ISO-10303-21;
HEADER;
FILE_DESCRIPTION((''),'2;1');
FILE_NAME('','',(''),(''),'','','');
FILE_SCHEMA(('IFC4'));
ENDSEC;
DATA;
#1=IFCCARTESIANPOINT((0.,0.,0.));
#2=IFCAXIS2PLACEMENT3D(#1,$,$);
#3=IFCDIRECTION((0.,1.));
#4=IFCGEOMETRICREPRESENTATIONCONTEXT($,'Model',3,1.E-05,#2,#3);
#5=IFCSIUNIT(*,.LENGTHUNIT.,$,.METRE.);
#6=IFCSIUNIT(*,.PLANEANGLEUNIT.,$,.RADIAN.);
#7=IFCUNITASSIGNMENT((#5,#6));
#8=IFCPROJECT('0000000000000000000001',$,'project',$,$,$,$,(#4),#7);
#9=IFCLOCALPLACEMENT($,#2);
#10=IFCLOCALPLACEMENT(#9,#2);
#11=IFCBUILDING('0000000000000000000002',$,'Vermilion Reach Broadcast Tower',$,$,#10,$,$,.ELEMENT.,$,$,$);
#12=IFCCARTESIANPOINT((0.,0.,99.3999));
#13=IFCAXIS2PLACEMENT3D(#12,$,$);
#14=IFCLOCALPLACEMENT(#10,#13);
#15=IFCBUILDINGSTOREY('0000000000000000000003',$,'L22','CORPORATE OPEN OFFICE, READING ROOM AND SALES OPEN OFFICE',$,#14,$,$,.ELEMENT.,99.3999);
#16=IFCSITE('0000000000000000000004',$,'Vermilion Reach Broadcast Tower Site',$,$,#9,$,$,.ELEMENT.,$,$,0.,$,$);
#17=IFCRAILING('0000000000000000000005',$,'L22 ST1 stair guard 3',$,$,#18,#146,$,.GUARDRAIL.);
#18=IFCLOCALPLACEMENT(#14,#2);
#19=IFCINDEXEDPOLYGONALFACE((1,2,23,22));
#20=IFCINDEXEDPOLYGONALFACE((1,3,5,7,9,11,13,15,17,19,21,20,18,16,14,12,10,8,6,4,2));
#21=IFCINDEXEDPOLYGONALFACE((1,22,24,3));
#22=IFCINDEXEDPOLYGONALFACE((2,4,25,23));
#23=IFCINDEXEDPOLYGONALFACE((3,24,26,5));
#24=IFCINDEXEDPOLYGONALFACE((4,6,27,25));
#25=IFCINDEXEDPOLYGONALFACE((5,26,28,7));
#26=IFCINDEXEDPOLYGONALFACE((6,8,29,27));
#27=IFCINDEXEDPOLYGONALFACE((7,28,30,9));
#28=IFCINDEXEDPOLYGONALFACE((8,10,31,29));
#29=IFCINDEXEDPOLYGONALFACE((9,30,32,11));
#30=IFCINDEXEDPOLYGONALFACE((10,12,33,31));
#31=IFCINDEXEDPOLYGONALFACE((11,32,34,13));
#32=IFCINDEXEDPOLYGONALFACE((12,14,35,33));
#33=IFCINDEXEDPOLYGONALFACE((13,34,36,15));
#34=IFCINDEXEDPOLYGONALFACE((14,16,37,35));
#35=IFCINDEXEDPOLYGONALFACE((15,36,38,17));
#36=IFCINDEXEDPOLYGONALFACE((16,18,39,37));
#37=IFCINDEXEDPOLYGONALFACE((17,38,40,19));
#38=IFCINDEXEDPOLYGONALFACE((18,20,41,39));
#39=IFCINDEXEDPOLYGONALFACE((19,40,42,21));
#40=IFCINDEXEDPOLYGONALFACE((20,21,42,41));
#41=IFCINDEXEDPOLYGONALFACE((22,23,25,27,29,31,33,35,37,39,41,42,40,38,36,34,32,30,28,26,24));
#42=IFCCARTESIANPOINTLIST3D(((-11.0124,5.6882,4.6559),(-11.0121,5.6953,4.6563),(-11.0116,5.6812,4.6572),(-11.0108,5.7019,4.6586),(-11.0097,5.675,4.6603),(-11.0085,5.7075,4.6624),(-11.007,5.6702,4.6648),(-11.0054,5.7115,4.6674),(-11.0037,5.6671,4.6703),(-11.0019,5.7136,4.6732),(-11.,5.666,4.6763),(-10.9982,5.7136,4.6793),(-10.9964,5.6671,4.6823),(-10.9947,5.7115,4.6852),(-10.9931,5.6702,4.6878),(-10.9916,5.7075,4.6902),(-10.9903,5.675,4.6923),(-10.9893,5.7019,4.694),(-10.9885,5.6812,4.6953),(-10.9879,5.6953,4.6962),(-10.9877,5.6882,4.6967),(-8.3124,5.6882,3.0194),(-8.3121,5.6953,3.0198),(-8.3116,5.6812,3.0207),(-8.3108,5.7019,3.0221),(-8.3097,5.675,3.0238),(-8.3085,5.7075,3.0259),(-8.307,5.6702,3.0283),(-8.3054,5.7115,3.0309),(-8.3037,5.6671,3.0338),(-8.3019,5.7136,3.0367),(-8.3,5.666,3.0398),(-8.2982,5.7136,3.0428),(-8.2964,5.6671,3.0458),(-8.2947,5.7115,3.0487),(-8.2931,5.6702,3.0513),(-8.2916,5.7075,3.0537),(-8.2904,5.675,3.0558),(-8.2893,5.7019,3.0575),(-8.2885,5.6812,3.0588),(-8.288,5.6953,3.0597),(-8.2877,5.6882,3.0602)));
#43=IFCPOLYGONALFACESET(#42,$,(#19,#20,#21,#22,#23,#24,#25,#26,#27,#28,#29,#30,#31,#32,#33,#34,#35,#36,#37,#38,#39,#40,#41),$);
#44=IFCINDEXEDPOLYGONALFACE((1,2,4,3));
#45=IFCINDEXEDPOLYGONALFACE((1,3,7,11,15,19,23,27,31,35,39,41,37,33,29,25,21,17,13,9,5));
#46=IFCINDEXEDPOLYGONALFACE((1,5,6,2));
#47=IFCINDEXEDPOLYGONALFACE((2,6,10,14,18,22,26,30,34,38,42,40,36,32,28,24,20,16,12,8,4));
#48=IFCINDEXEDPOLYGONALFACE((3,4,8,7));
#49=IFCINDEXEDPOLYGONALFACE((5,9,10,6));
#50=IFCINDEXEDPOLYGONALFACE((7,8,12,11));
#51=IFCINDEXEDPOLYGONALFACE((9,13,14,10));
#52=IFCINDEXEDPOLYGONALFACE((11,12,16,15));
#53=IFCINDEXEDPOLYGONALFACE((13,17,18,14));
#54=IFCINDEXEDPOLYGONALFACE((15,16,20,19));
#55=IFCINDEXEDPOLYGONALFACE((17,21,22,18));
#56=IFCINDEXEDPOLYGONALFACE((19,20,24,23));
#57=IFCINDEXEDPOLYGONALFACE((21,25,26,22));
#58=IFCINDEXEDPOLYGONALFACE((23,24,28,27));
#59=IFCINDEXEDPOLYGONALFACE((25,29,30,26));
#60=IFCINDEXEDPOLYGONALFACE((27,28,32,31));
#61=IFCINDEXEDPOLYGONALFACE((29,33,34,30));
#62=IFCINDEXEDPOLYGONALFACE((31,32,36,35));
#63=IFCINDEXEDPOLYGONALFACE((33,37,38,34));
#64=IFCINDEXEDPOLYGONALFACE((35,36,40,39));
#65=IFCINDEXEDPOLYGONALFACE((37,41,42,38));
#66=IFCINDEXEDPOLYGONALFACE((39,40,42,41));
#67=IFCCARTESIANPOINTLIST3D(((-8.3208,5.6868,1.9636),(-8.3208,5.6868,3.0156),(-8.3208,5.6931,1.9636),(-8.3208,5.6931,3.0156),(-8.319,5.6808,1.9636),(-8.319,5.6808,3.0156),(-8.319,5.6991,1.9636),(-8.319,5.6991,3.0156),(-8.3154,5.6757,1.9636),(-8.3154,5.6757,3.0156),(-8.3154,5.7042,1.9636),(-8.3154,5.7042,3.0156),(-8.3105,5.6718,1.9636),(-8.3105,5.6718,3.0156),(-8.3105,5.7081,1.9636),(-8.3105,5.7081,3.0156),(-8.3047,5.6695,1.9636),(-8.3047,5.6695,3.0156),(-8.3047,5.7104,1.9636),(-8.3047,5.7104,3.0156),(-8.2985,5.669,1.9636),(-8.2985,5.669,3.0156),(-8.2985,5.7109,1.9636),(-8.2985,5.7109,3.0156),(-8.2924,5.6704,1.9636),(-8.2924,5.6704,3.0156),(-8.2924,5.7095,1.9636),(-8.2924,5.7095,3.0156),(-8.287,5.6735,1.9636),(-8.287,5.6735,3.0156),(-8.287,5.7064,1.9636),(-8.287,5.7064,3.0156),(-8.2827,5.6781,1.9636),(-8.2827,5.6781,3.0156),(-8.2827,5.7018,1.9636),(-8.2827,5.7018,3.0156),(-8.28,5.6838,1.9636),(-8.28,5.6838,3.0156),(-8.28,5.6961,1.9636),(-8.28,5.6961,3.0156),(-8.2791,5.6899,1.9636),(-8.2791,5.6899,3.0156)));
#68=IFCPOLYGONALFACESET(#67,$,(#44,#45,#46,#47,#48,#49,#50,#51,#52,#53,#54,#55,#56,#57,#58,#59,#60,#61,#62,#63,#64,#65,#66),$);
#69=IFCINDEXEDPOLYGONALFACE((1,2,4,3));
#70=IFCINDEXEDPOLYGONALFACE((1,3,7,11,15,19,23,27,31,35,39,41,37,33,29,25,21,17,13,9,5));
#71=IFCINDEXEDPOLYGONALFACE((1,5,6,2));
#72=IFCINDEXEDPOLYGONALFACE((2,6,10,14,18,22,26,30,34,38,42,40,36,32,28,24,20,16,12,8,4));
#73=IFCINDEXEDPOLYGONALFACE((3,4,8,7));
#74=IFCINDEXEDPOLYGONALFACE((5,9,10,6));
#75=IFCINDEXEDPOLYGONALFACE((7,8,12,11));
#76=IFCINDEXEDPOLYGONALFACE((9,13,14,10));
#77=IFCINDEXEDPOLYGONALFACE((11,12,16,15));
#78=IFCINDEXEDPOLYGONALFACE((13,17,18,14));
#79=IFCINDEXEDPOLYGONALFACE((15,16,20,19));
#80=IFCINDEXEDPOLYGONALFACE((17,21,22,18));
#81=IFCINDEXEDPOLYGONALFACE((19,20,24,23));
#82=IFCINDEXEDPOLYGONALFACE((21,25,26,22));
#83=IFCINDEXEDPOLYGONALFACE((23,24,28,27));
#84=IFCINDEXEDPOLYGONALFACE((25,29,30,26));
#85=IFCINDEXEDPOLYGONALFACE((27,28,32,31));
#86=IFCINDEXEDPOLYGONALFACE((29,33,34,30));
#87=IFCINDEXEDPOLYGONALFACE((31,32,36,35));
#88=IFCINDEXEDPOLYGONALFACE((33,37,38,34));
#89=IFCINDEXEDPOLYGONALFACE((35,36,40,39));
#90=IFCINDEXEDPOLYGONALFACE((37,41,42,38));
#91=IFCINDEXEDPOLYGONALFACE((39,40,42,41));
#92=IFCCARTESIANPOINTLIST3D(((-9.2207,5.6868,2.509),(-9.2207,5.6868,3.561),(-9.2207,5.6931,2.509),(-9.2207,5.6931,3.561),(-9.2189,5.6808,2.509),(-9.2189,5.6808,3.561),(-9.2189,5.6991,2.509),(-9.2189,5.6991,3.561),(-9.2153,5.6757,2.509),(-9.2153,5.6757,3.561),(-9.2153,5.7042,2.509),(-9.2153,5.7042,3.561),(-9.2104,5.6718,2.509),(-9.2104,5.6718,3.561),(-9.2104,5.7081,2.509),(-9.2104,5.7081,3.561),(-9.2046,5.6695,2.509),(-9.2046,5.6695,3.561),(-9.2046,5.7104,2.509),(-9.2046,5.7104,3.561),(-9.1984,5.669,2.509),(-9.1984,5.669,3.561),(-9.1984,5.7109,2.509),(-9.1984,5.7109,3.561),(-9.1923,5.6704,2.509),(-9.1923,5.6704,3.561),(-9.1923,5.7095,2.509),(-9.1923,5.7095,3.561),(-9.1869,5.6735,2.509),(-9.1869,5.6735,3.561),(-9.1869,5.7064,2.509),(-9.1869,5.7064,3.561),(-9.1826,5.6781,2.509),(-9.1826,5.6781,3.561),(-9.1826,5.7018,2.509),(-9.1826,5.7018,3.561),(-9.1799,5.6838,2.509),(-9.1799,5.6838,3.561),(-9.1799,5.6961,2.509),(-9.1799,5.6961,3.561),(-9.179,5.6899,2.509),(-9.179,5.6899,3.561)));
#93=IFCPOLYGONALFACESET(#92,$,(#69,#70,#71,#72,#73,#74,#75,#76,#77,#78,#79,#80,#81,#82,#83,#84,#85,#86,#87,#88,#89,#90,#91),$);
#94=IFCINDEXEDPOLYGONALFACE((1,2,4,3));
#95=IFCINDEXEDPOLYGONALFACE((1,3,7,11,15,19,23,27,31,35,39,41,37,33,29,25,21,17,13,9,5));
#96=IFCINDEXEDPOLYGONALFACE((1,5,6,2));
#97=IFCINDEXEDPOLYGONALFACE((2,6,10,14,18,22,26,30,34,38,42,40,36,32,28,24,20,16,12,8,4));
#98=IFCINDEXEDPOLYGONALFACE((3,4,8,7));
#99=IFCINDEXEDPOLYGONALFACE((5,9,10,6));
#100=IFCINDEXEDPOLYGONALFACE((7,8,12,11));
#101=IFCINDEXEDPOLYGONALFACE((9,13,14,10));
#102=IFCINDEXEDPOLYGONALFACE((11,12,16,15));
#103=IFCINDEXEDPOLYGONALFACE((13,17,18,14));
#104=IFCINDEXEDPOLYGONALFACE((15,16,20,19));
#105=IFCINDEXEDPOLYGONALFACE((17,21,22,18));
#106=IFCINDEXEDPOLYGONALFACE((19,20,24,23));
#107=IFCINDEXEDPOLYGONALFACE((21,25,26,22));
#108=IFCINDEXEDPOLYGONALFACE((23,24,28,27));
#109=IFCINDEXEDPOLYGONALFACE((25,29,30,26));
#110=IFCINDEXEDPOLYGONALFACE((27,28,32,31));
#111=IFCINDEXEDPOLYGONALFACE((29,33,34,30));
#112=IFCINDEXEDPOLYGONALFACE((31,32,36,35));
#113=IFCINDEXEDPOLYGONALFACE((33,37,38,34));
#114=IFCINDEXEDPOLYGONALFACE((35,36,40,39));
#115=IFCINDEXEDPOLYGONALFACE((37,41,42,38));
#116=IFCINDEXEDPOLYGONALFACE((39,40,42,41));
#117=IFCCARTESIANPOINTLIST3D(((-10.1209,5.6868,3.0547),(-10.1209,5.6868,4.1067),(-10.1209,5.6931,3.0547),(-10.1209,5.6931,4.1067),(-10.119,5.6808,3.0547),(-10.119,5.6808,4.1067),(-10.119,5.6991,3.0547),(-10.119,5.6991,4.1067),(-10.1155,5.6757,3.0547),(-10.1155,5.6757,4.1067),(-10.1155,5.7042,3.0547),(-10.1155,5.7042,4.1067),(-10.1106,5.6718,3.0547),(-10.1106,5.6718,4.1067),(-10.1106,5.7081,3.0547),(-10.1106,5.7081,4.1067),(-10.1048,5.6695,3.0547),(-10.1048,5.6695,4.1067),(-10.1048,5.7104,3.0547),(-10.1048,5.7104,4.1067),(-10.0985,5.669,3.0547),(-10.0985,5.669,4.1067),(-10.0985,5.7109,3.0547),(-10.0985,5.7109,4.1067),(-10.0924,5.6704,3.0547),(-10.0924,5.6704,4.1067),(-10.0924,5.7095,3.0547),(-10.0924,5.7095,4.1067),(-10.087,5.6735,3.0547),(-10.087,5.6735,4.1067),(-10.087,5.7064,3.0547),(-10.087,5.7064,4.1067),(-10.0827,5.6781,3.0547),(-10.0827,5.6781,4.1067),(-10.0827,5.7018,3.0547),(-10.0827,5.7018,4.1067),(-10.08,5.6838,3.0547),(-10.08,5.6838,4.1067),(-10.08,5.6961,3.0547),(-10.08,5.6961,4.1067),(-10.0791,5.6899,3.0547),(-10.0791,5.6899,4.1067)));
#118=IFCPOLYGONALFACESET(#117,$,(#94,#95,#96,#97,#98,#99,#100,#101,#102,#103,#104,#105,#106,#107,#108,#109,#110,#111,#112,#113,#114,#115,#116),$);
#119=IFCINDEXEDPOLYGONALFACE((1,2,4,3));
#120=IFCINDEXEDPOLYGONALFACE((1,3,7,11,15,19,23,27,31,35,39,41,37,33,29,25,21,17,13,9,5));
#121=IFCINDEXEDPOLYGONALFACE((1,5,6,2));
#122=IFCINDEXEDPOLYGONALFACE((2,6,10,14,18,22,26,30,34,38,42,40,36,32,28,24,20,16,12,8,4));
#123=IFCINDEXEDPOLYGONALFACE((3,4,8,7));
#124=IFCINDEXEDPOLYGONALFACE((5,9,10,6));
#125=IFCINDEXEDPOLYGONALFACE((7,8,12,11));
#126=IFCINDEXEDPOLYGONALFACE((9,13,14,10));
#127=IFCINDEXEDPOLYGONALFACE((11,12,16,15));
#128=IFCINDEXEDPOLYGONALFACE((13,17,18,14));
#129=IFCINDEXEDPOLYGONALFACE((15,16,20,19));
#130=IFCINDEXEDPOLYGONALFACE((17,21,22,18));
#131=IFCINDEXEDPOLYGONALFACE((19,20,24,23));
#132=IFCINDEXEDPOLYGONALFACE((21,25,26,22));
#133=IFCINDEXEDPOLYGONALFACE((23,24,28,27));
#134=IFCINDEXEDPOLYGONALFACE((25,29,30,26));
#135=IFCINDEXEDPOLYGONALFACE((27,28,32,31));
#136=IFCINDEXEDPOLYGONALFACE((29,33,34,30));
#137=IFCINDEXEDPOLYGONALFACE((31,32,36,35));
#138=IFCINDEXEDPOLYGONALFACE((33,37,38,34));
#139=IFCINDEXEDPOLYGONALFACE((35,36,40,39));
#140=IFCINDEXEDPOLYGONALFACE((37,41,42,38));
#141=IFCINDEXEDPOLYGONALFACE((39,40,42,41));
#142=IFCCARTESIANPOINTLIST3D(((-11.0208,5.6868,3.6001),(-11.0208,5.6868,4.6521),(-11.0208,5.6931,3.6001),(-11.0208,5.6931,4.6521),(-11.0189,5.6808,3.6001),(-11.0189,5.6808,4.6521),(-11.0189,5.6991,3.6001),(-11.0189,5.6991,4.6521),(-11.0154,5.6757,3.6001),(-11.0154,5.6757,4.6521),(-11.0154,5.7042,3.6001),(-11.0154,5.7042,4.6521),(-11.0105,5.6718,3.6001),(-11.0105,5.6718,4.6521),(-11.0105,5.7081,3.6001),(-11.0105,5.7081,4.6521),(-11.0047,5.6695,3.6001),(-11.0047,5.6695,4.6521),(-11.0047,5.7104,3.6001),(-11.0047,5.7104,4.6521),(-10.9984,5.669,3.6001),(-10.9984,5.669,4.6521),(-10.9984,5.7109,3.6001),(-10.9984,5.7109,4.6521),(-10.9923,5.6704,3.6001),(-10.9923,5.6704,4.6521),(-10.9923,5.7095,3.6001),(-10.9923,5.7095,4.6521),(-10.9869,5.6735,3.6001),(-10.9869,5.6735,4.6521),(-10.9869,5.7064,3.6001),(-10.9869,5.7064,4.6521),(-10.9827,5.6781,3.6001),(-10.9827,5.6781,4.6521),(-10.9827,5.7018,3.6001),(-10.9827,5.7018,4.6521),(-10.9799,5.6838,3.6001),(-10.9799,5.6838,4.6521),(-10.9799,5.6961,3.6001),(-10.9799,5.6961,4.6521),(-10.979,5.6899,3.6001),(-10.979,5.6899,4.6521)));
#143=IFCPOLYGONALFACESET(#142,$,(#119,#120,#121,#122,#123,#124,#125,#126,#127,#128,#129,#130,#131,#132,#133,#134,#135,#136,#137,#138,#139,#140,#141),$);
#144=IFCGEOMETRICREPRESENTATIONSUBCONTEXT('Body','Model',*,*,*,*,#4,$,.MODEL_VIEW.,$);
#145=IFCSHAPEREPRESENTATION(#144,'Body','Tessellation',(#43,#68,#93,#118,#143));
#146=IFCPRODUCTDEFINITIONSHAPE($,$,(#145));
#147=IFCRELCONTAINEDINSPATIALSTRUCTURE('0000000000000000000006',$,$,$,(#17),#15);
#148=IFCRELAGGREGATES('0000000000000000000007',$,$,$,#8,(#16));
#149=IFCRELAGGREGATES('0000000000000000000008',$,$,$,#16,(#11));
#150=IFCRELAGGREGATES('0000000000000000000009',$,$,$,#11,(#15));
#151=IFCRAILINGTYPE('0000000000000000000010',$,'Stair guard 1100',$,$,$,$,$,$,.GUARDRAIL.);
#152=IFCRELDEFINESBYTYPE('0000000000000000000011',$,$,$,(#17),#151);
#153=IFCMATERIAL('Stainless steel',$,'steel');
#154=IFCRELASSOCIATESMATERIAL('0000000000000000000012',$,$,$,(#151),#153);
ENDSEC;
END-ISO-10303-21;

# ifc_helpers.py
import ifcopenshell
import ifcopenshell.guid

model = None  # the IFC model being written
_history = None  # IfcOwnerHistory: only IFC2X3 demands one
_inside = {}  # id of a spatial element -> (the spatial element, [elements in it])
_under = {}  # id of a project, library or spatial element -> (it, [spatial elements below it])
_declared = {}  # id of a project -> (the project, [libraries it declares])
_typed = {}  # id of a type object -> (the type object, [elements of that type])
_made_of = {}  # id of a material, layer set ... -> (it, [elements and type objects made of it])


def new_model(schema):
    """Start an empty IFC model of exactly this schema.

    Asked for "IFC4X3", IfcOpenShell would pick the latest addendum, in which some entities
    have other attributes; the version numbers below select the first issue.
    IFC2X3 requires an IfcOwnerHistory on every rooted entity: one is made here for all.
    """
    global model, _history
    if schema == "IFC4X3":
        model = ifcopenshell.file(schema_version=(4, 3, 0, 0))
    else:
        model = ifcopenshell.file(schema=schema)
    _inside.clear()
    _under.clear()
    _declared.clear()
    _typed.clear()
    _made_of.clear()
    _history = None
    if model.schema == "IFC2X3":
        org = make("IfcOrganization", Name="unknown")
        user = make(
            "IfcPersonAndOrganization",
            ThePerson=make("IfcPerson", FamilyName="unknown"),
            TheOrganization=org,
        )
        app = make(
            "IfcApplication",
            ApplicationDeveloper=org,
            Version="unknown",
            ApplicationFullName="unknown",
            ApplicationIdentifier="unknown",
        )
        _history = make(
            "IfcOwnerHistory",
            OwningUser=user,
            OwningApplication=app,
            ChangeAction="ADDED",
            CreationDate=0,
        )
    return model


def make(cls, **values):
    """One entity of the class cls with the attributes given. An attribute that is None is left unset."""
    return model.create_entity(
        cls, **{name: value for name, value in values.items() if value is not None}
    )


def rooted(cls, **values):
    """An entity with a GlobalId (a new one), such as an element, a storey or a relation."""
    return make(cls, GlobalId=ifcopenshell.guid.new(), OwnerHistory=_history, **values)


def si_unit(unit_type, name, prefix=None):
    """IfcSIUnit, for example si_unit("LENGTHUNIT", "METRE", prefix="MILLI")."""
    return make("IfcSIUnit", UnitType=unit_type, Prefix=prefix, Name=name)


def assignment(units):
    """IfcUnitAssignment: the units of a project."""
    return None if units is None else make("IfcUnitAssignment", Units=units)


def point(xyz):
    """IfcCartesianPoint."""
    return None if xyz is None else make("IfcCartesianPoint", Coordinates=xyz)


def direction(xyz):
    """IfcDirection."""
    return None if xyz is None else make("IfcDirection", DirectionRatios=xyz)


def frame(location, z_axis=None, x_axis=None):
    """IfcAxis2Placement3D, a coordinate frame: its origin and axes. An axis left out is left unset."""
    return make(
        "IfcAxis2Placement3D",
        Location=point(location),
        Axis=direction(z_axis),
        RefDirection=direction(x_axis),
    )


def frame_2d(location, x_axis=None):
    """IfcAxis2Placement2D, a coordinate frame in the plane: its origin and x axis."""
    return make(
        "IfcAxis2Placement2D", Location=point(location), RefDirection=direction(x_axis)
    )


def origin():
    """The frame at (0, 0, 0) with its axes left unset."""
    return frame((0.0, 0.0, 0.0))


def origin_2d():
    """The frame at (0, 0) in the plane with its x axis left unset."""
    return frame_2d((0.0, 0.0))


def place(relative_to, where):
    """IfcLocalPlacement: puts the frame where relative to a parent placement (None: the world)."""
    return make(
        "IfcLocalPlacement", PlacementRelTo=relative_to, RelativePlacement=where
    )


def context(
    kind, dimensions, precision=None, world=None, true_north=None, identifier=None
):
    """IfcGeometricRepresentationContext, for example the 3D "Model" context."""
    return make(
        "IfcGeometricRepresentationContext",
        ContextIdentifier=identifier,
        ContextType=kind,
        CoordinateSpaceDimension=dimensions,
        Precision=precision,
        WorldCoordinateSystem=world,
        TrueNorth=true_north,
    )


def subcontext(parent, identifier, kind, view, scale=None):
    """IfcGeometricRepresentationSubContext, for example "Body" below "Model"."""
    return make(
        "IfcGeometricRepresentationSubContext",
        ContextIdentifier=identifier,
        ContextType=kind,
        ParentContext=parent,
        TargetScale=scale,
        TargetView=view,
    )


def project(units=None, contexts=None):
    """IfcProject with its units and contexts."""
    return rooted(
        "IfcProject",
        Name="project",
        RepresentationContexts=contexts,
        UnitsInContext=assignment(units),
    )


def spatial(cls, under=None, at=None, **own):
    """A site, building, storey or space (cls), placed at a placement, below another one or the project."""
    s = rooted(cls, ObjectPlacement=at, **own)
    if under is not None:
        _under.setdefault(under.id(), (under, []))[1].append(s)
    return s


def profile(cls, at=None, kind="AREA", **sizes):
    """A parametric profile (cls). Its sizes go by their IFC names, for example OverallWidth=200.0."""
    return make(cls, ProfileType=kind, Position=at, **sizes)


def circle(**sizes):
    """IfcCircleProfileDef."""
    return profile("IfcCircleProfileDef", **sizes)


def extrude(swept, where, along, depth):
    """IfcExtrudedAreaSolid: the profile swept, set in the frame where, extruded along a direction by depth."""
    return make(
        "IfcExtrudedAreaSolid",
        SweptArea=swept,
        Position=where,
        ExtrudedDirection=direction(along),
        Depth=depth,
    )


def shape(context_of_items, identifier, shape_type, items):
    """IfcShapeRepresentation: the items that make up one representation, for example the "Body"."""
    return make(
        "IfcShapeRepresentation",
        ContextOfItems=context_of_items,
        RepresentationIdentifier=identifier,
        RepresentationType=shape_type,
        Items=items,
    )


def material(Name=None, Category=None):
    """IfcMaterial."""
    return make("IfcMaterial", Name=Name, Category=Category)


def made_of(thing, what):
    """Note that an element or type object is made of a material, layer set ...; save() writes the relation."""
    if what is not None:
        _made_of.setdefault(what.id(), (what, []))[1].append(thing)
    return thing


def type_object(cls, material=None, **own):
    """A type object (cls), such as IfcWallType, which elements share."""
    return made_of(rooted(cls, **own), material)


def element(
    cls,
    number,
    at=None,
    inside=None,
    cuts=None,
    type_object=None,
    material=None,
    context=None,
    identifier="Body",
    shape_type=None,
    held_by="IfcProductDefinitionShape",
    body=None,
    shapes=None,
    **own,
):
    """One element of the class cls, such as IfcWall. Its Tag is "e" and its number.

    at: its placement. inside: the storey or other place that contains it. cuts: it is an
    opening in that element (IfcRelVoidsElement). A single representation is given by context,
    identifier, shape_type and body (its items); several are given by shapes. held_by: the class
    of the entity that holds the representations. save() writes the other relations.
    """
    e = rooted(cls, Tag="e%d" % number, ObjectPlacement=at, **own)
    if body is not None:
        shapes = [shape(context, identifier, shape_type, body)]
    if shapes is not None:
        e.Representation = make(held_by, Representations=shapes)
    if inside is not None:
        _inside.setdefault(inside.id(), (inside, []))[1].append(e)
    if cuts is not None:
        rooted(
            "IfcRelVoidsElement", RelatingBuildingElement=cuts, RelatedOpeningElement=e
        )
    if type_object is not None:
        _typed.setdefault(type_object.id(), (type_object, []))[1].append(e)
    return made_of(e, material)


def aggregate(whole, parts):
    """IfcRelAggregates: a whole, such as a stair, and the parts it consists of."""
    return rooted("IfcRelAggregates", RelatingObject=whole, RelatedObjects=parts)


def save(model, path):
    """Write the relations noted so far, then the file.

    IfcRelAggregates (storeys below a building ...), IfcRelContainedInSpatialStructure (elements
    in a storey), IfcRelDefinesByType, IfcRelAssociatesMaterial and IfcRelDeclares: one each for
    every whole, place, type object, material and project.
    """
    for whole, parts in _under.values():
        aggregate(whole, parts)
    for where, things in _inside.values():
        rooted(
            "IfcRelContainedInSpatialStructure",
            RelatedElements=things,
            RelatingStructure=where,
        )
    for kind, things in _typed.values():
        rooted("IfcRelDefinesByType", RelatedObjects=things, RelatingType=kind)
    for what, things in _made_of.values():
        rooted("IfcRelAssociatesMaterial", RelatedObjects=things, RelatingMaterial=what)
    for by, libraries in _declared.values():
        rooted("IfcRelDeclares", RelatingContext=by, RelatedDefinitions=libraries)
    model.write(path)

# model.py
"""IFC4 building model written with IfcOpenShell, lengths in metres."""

from ifc_helpers import new_model, si_unit, direction, frame, origin, origin_2d, place, context, subcontext, project, spatial, circle, extrude, material, type_object, element, save


model = new_model("IFC4")

# Units and contexts
model_context = context("Model", 3, precision=1e-05, world=origin(), true_north=direction((0.0, 1.0)))
body_context = subcontext(model_context, "Body", "Model", "MODEL_VIEW")
ifc_project = project(units=[si_unit("LENGTHUNIT", "METRE"), si_unit("PLANEANGLEUNIT", "RADIAN")], contexts=[model_context])

# Site, building, storey
site_placement = place(None, origin())
site = spatial("IfcSite", under=ifc_project, at=site_placement, Name="Vermilion Reach Broadcast Tower Site", CompositionType="ELEMENT", RefElevation=0.0)
building_placement = place(site_placement, origin())
building = spatial("IfcBuilding", under=site, at=building_placement, Name="Vermilion Reach Broadcast Tower", CompositionType="ELEMENT")
storey_placement = place(building_placement, frame((0.0, 0.0, 99.3999)))
storey = spatial("IfcBuildingStorey", under=building, at=storey_placement, Name="L22", Description="CORPORATE OPEN OFFICE, READING ROOM AND SALES OPEN OFFICE", CompositionType="ELEMENT", Elevation=99.3999)

# Railing
ifc_material_1 = material(Name="Stainless steel", Category="steel")
railing_type_1 = type_object("IfcRailingType", Name="Stair guard 1100", PredefinedType="GUARDRAIL", material=ifc_material_1)
railing_1_placement = place(storey_placement, frame((-8.3, 5.6899, 1.9636)))
element("IfcRailing", 1, at=railing_1_placement, inside=storey, type_object=railing_type_1, Name="L22 ST1 stair guard 3", PredefinedType="GUARDRAIL", context=body_context, shape_type="SweptSolid", body=[
    extrude(circle(Radius=0.0239, at=origin_2d()), frame((0.0, 0.0, 1.0762), z_axis=(-0.855178, 0.0, 0.518334), x_axis=(0.0, -1.0, 0.0)), (0.0, 0.0, 1.0), 3.1572),
    extrude(circle(Radius=0.021, at=origin_2d()), origin(), (0.0, 0.0, 1.0), 1.052),
    extrude(circle(Radius=0.021, at=origin_2d()), frame((-0.8999, 0.0, 0.5454)), (0.0, 0.0, 1.0), 1.052),
    extrude(circle(Radius=0.021, at=origin_2d()), frame((-1.8, 0.0, 1.0911)), (0.0, 0.0, 1.0), 1.052),
    extrude(circle(Radius=0.021, at=origin_2d()), frame((-2.7, 0.0, 1.6365)), (0.0, 0.0, 1.0), 1.052),
])

save(model, "model.ifc")
